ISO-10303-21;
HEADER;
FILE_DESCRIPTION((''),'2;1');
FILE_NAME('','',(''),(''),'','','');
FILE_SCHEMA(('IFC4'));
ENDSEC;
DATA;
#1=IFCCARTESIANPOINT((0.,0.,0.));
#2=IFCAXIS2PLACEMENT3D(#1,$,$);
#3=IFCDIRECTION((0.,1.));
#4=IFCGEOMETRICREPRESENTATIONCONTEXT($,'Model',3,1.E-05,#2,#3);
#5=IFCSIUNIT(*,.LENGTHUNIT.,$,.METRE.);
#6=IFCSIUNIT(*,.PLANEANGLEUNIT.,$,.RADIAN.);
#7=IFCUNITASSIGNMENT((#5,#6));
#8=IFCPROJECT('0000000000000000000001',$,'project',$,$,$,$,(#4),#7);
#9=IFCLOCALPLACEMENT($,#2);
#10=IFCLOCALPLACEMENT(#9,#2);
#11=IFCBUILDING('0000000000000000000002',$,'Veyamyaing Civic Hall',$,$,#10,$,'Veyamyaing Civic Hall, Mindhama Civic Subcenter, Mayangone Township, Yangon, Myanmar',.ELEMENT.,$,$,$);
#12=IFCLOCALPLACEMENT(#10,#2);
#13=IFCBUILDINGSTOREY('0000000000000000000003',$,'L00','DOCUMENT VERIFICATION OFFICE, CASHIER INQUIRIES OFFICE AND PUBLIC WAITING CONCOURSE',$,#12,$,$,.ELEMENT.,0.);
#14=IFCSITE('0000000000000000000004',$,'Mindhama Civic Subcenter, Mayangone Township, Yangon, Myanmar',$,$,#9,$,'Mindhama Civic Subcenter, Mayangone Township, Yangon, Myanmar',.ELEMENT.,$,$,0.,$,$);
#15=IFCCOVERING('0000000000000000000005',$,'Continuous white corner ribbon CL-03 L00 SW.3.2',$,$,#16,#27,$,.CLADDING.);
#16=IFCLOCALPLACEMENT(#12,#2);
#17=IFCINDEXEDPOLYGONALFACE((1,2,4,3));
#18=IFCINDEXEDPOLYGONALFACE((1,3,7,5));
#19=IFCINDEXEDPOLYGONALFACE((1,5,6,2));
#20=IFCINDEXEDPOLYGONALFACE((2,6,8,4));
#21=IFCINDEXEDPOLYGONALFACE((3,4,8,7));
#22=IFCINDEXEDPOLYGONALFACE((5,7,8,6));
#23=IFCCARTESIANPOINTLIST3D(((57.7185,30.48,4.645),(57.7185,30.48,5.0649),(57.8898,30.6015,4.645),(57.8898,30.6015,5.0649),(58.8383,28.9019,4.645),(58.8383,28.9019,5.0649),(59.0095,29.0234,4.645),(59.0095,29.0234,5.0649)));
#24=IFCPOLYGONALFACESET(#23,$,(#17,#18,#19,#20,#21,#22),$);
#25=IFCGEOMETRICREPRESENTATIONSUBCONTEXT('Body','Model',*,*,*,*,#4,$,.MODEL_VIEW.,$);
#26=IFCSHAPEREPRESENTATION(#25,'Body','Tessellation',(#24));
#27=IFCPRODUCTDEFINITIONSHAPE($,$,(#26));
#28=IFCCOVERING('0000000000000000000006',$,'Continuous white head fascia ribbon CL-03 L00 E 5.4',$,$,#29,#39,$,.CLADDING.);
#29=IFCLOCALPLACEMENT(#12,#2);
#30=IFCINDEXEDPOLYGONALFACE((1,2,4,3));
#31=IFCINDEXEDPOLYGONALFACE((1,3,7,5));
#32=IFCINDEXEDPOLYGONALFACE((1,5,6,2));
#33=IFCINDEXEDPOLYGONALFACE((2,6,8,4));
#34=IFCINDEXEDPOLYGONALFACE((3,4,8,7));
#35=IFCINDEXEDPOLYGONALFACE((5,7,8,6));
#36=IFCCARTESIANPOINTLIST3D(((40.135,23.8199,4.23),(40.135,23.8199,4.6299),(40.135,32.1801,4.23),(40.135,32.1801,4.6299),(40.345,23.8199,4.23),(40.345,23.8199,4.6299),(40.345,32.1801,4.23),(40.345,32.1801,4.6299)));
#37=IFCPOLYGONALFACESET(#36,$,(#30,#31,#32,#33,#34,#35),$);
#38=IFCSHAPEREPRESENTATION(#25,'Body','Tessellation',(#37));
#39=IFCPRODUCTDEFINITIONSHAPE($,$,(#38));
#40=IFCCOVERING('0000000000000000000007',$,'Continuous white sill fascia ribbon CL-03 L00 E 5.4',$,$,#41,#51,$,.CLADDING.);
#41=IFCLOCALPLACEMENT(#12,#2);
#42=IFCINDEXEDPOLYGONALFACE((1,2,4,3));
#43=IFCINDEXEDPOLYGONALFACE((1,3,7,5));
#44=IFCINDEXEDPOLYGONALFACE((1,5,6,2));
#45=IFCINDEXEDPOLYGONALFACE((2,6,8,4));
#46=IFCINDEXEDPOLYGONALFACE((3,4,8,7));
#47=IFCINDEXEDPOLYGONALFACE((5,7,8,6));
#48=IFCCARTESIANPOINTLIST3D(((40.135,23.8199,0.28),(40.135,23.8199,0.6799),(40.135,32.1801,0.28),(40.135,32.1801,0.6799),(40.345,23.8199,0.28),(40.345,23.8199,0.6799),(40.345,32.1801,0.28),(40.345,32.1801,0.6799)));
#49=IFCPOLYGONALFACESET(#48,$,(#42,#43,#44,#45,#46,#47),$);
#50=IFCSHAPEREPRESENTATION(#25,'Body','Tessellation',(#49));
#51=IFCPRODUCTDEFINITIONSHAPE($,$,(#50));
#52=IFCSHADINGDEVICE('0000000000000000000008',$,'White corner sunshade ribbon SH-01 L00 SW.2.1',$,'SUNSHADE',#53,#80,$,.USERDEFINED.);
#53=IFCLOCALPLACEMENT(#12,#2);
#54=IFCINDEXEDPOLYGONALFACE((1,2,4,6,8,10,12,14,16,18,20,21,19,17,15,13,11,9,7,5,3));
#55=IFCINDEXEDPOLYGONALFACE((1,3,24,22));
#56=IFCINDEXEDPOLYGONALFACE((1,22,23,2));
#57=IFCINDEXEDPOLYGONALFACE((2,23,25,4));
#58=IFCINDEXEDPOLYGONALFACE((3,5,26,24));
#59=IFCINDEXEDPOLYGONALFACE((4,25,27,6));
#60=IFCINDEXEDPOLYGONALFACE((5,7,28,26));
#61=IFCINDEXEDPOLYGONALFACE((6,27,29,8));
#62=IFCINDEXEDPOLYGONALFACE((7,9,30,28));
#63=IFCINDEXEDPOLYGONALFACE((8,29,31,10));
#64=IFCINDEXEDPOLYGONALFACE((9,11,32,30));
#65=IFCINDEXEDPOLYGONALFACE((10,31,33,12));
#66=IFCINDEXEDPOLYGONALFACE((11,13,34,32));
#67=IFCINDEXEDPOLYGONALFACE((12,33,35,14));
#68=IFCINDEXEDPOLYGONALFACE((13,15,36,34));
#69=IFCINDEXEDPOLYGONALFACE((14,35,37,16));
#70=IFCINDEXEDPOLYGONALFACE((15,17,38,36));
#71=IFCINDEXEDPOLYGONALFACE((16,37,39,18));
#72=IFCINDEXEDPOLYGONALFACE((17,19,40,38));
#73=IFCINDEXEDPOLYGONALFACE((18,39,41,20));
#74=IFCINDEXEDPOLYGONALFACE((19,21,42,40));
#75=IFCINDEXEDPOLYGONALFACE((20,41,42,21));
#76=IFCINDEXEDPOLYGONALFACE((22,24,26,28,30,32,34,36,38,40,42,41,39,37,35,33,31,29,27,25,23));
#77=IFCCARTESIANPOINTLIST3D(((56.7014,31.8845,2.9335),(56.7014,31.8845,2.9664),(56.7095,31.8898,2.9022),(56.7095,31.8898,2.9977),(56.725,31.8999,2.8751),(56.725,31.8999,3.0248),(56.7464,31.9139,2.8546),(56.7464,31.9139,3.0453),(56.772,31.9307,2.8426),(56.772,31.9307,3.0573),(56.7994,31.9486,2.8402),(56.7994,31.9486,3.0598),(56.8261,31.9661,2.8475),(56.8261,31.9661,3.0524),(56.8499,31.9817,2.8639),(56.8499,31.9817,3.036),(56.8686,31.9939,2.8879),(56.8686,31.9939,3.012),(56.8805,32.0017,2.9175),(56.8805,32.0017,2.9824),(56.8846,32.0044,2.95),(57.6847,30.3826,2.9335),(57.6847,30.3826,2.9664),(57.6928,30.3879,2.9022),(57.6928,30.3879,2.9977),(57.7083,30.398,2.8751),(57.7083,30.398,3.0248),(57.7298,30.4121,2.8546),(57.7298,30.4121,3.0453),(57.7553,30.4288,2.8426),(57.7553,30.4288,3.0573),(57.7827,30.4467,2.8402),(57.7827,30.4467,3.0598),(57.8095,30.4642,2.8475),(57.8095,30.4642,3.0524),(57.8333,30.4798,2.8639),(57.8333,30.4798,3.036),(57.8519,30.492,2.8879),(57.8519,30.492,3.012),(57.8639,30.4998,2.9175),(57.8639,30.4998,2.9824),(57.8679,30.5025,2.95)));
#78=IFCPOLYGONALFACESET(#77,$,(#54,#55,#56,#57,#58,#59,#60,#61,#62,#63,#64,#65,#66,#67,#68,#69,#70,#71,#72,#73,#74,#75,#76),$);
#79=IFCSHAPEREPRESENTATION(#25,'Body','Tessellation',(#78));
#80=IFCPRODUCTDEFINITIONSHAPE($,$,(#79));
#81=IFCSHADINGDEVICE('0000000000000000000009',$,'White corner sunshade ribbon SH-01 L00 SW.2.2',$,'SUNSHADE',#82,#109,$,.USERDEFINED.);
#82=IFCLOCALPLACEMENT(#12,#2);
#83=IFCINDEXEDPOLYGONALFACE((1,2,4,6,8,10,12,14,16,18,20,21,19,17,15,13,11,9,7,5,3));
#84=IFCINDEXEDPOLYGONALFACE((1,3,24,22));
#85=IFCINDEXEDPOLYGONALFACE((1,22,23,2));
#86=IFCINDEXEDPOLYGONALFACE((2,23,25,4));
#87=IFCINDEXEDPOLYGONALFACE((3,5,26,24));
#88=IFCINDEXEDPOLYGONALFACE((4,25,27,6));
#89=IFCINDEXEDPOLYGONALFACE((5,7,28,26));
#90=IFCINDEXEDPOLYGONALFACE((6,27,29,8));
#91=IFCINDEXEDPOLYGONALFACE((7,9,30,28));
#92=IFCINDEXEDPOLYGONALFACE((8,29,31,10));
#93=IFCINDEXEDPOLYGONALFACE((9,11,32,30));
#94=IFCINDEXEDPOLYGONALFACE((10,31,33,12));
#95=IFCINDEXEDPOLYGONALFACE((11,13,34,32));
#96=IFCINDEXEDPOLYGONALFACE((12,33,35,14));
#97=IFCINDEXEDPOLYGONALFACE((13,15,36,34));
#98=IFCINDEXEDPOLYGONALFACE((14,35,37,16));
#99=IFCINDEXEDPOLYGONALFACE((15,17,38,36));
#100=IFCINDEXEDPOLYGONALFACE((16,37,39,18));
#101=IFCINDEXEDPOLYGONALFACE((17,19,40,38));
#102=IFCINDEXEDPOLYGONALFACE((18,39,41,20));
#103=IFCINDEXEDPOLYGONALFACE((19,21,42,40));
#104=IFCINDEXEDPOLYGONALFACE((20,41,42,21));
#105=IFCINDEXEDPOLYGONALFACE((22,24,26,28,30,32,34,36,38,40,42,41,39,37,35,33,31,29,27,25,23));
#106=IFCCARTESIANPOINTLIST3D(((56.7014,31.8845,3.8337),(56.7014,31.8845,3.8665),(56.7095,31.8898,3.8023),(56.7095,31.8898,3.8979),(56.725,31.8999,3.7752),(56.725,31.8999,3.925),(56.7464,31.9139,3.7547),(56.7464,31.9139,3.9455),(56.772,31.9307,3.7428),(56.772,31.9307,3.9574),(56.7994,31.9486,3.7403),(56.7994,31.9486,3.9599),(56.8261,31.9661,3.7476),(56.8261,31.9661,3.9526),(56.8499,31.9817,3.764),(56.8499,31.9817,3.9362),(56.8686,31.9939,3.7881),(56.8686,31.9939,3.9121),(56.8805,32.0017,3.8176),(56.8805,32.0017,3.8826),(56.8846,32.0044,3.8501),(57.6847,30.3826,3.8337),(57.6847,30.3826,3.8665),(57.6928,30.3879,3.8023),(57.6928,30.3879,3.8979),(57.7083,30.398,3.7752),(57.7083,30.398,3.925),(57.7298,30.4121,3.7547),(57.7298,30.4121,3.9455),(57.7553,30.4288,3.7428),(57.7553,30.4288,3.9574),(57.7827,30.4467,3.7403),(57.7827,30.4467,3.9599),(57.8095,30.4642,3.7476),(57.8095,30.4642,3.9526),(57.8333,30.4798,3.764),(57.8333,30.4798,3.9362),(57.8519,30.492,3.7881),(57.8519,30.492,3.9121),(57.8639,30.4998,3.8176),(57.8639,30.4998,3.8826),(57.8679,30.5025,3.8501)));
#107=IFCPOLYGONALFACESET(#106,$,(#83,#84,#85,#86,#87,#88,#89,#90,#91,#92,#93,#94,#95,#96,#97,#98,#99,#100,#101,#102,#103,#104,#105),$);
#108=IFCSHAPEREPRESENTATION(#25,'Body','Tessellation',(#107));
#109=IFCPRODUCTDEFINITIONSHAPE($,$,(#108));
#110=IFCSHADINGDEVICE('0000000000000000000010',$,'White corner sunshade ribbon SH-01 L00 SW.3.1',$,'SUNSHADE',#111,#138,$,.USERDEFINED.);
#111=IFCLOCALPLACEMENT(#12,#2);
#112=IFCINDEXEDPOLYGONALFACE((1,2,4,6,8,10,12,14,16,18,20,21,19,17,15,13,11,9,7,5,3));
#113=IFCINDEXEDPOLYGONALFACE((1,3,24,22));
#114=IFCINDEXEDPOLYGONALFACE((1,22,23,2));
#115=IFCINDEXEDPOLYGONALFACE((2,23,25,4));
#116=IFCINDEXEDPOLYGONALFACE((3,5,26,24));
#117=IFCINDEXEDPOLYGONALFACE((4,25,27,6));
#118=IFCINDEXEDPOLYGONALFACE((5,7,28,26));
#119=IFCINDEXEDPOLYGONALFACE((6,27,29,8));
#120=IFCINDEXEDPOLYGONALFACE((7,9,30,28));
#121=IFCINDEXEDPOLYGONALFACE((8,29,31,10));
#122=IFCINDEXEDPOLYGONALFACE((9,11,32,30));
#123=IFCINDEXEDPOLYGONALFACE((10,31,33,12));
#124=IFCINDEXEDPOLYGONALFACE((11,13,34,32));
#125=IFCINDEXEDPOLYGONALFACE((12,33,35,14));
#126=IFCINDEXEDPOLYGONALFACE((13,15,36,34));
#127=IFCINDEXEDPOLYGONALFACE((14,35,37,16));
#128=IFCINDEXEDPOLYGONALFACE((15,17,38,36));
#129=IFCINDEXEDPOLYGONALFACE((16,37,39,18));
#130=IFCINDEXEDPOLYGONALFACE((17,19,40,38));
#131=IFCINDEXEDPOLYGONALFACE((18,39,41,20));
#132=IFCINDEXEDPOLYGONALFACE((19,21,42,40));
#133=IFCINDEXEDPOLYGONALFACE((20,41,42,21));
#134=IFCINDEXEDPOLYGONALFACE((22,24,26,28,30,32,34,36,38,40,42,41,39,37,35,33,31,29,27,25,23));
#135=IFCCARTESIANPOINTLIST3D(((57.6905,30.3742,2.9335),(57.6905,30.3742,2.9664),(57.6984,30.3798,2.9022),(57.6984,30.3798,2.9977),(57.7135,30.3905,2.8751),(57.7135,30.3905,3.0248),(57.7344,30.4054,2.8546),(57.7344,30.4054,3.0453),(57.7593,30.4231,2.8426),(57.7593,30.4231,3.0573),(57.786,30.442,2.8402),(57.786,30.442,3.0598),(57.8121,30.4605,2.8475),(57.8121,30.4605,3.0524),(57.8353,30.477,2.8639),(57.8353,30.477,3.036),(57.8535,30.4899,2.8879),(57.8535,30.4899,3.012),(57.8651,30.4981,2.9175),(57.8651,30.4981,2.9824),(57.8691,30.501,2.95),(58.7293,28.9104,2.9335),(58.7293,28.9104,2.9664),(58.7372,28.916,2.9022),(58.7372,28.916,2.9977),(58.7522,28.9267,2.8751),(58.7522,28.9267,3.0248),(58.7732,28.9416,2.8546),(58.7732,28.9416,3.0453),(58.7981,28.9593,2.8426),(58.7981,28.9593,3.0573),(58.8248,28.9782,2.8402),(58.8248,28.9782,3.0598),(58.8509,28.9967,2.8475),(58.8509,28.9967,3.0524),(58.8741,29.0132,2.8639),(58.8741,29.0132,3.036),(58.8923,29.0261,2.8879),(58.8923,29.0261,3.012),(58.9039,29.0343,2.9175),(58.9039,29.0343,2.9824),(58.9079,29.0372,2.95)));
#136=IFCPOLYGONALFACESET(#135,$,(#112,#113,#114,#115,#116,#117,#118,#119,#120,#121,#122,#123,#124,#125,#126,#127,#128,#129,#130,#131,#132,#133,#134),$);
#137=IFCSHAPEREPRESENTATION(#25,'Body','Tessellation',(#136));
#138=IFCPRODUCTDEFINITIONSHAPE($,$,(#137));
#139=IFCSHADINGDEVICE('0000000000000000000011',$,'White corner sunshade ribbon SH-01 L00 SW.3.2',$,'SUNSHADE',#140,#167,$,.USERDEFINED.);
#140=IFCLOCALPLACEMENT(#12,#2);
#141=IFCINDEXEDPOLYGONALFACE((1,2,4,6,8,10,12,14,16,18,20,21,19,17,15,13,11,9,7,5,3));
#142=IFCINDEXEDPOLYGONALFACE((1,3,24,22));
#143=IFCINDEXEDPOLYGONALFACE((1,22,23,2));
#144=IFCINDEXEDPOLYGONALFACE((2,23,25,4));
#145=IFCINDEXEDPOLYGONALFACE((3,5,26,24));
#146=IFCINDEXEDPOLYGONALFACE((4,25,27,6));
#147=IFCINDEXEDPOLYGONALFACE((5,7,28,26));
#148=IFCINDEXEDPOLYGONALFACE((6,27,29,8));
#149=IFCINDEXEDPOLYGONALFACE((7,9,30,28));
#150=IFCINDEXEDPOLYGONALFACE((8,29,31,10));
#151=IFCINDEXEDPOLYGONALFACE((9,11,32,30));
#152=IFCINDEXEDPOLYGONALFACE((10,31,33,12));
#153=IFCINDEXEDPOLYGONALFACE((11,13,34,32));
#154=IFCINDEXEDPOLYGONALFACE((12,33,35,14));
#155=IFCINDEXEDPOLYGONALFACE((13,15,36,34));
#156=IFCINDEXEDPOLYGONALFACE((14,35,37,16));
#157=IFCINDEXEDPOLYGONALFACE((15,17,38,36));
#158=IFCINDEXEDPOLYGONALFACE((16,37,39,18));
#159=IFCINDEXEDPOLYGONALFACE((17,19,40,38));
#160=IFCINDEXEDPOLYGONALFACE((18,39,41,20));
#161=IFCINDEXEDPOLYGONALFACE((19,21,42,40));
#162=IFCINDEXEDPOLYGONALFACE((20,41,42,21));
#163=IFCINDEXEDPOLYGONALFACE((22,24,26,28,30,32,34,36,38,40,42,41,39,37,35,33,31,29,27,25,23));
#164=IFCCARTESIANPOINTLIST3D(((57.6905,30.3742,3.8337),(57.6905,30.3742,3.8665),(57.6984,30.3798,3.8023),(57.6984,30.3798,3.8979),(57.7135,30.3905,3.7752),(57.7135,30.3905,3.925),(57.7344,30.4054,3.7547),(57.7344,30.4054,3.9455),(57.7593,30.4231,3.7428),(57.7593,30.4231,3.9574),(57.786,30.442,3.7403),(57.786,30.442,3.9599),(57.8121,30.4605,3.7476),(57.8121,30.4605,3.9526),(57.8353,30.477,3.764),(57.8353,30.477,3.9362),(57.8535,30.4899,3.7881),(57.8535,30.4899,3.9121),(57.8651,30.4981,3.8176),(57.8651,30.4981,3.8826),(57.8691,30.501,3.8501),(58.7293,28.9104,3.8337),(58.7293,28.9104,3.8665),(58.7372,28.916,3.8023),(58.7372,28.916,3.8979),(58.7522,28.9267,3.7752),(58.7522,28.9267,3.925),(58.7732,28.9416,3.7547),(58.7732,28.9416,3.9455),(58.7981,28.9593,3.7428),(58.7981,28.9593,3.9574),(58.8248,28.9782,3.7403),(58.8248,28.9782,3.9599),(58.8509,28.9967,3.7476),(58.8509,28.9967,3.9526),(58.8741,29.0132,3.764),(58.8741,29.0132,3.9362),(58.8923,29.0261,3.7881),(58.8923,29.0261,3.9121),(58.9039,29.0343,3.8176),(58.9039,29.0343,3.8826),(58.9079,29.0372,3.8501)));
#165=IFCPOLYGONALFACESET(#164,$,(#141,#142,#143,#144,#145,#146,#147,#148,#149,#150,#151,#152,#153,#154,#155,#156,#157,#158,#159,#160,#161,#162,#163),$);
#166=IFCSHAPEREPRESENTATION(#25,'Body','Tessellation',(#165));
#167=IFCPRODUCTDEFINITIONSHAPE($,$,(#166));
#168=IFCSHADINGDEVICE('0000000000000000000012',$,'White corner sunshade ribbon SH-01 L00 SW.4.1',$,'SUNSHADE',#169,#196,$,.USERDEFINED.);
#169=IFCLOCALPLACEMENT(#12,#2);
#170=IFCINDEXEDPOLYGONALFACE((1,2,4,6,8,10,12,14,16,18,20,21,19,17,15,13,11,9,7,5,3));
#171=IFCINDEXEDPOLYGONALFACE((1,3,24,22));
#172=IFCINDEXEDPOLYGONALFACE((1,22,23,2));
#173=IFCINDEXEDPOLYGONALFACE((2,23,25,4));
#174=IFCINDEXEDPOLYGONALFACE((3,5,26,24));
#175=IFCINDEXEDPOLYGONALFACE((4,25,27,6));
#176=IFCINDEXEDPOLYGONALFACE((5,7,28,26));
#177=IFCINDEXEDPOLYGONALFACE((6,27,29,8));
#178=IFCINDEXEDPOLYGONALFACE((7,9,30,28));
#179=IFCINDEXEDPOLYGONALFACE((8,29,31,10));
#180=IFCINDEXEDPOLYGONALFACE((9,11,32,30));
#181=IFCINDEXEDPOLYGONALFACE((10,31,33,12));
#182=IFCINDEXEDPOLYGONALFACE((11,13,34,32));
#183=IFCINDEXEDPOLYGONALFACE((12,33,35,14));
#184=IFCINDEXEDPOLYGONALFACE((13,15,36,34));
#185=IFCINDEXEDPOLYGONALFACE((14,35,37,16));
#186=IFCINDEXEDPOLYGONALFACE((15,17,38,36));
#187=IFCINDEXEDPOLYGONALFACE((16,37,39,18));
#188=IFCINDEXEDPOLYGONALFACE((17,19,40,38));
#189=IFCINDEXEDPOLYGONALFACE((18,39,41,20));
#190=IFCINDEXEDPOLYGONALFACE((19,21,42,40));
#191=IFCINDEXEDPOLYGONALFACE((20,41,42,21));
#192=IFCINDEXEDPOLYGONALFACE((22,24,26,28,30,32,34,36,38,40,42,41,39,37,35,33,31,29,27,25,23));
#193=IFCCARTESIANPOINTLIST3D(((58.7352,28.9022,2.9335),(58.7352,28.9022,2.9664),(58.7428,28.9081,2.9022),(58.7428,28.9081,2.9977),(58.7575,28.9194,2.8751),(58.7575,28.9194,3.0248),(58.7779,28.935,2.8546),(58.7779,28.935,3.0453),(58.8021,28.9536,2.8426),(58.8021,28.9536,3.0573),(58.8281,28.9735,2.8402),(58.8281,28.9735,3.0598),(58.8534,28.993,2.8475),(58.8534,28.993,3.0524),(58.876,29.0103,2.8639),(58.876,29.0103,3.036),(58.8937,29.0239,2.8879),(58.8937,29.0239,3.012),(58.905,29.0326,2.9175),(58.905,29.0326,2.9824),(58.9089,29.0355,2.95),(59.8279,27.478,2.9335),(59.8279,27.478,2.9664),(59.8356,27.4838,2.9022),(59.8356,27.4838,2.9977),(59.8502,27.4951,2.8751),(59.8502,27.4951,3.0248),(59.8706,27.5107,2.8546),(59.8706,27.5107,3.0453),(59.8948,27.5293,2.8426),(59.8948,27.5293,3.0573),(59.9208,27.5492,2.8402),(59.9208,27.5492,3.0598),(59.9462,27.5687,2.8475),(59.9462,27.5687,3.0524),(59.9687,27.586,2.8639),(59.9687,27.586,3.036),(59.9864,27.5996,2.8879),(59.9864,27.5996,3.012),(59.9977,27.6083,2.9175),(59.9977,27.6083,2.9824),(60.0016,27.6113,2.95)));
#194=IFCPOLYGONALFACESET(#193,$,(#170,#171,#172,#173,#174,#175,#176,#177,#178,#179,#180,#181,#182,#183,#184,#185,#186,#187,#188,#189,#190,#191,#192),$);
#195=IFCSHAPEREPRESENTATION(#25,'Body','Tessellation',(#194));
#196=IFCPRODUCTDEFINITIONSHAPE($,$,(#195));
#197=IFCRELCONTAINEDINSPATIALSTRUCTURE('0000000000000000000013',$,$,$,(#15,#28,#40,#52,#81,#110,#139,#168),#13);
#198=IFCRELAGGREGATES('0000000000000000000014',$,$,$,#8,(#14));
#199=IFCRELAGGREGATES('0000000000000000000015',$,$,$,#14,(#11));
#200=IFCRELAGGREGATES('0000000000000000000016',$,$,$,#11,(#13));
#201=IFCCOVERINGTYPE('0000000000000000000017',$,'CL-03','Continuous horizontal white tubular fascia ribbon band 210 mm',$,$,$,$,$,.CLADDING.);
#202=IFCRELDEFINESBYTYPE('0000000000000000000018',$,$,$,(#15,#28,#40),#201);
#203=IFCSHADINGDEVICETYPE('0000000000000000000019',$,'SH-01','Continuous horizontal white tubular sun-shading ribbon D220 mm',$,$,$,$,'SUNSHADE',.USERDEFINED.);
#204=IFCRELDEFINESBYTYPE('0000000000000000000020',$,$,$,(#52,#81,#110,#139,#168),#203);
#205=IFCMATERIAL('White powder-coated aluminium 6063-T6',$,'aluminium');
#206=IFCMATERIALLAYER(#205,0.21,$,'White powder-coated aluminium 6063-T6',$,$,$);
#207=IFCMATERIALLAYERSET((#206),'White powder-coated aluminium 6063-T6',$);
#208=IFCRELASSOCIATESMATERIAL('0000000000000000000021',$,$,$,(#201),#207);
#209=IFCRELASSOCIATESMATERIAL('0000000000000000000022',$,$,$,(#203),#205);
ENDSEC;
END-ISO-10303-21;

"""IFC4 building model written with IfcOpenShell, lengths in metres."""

from ifc_helpers import new_model, si_unit, direction, frame, origin, origin_2d, place, context, subcontext, project, spatial, rectangle, circle, extrude, material, layer, layer_set, material_profile, profile_set, type_object, element, save


model = new_model("IFC4")

# Units and contexts
model_context = context("Model", 3, precision=1e-05, world=origin(), true_north=direction((0.0, 1.0)))
body_context = subcontext(model_context, "Body", "Model", "MODEL_VIEW")
ifc_project = project(units=[si_unit("LENGTHUNIT", "METRE"), si_unit("PLANEANGLEUNIT", "RADIAN")], contexts=[model_context])

# Site, building, storey
site_placement = place(None, origin())
site = spatial("IfcSite", under=ifc_project, at=site_placement, Name="Mindhama Civic Subcenter, Mayangone Township, Yangon, Myanmar", LongName="Mindhama Civic Subcenter, Mayangone Township, Yangon, Myanmar", CompositionType="ELEMENT", RefElevation=0.0)
building_placement = place(site_placement, origin())
building = spatial("IfcBuilding", under=site, at=building_placement, Name="Veyamyaing Civic Hall", LongName="Veyamyaing Civic Hall, Mindhama Civic Subcenter, Mayangone Township, Yangon, Myanmar", CompositionType="ELEMENT")
storey_placement = place(building_placement, origin())
storey = spatial("IfcBuildingStorey", under=building, at=storey_placement, Name="L00", Description="DOCUMENT VERIFICATION OFFICE, CASHIER INQUIRIES OFFICE AND PUBLIC WAITING CONCOURSE", CompositionType="ELEMENT", Elevation=0.0)

# Coverings
ifc_material_1 = material(Name="White powder-coated aluminium 6063-T6", Category="aluminium")
ifc_layer_1 = layer(ifc_material_1, 0.21, Name="White powder-coated aluminium 6063-T6")
ifc_layer_set_1 = layer_set([ifc_layer_1], Name="White powder-coated aluminium 6063-T6")
covering_type_1 = type_object("IfcCoveringType", Name="CL-03", Description="Continuous horizontal white tubular fascia ribbon band 210 mm", PredefinedType="CLADDING", material=ifc_layer_set_1)
for number, where, z_axis, x_axis, name in (
    (1, (58.364, 29.7517, 4.645), (0.0, 0.0, 1.0), (0.578671, -0.815561, 0.0), "Continuous white corner ribbon CL-03 L00 SW.3.2"),
):
    element("IfcCovering", number, at=place(storey_placement, frame(where, z_axis=z_axis, x_axis=x_axis)), inside=storey, type_object=covering_type_1, Name=name, PredefinedType="CLADDING", context=body_context, shape_type="SweptSolid", body=[
        extrude(rectangle(XDim=1.9351, YDim=0.21, at=origin_2d()), origin(), (0.0, 0.0, 1.0), 0.4199),
    ])
for number, where, z_axis, x_axis, name in (
    (2, (40.24, 28.0, 4.23), (0.0, 0.0, 1.0), (0.0, 1.0, 0.0), "Continuous white head fascia ribbon CL-03 L00 E 5.4"),
    (3, (40.24, 28.0, 0.28), (0.0, 0.0, 1.0), (0.0, 1.0, 0.0), "Continuous white sill fascia ribbon CL-03 L00 E 5.4"),
):
    element("IfcCovering", number, at=place(storey_placement, frame(where, z_axis=z_axis, x_axis=x_axis)), inside=storey, type_object=covering_type_1, Name=name, PredefinedType="CLADDING", context=body_context, shape_type="SweptSolid", body=[
        extrude(rectangle(XDim=8.3601, YDim=0.21, at=origin_2d()), origin(), (0.0, 0.0, 1.0), 0.3999),
    ])

# Shading devices
ifc_material_profile_1 = material_profile(ifc_material_1, circle(Radius=0.1101, at=origin_2d()), Name="SHADE-TUBE-220")
ifc_profile_set_1 = profile_set([ifc_material_profile_1], Name="White powder-coated aluminium 6063-T6")
shading_device_type_1 = type_object("IfcShadingDeviceType", Name="SH-01", Description="Continuous horizontal white tubular sun-shading ribbon D220 mm", ElementType="SUNSHADE", PredefinedType="USERDEFINED", material=ifc_profile_set_1)
for number, where, z_axis, x_axis, name in (
    (4, (56.7925, 31.9441, 2.95), (0.547777, -0.836624, 0.0), (0.836624, 0.547777, 0.0), "White corner sunshade ribbon SH-01 L00 SW.2.1"),
    (5, (56.7925, 31.9441, 3.8501), (0.547777, -0.836624, 0.0), (0.836624, 0.547777, 0.0), "White corner sunshade ribbon SH-01 L00 SW.2.2"),
):
    element("IfcShadingDevice", number, at=place(storey_placement, frame(where, z_axis=z_axis, x_axis=x_axis)), inside=storey, type_object=shading_device_type_1, Name=name, ObjectType="SUNSHADE", PredefinedType="USERDEFINED", context=body_context, shape_type="SweptSolid", body=[
        extrude(circle(Radius=0.1101, at=origin_2d()), origin(), (0.0, 0.0, 1.0), 1.7952),
    ])
for number, where, z_axis, x_axis, name in (
    (6, (57.7793, 30.4373, 2.95), (0.578727, -0.815522, 0.0), (0.815522, 0.578727, 0.0), "White corner sunshade ribbon SH-01 L00 SW.3.1"),
    (7, (57.7793, 30.4373, 3.8501), (0.578727, -0.815522, 0.0), (0.815522, 0.578727, 0.0), "White corner sunshade ribbon SH-01 L00 SW.3.2"),
):
    element("IfcShadingDevice", number, at=place(storey_placement, frame(where, z_axis=z_axis, x_axis=x_axis)), inside=storey, type_object=shading_device_type_1, Name=name, ObjectType="SUNSHADE", PredefinedType="USERDEFINED", context=body_context, shape_type="SweptSolid", body=[
        extrude(circle(Radius=0.1101, at=origin_2d()), origin(), (0.0, 0.0, 1.0), 1.7949),
    ])
shading_device_placement = place(storey_placement, frame((58.8215, 28.9685, 2.95), z_axis=(0.608711, -0.793392, 0.0), x_axis=(0.793392, 0.608711, 0.0)))
element("IfcShadingDevice", 8, at=shading_device_placement, inside=storey, type_object=shading_device_type_1, Name="White corner sunshade ribbon SH-01 L00 SW.4.1", ObjectType="SUNSHADE", PredefinedType="USERDEFINED", context=body_context, shape_type="SweptSolid", body=[
    extrude(circle(Radius=0.1101, at=origin_2d()), origin(), (0.0, 0.0, 1.0), 1.7952),
])

save(model, "model.ifc")
